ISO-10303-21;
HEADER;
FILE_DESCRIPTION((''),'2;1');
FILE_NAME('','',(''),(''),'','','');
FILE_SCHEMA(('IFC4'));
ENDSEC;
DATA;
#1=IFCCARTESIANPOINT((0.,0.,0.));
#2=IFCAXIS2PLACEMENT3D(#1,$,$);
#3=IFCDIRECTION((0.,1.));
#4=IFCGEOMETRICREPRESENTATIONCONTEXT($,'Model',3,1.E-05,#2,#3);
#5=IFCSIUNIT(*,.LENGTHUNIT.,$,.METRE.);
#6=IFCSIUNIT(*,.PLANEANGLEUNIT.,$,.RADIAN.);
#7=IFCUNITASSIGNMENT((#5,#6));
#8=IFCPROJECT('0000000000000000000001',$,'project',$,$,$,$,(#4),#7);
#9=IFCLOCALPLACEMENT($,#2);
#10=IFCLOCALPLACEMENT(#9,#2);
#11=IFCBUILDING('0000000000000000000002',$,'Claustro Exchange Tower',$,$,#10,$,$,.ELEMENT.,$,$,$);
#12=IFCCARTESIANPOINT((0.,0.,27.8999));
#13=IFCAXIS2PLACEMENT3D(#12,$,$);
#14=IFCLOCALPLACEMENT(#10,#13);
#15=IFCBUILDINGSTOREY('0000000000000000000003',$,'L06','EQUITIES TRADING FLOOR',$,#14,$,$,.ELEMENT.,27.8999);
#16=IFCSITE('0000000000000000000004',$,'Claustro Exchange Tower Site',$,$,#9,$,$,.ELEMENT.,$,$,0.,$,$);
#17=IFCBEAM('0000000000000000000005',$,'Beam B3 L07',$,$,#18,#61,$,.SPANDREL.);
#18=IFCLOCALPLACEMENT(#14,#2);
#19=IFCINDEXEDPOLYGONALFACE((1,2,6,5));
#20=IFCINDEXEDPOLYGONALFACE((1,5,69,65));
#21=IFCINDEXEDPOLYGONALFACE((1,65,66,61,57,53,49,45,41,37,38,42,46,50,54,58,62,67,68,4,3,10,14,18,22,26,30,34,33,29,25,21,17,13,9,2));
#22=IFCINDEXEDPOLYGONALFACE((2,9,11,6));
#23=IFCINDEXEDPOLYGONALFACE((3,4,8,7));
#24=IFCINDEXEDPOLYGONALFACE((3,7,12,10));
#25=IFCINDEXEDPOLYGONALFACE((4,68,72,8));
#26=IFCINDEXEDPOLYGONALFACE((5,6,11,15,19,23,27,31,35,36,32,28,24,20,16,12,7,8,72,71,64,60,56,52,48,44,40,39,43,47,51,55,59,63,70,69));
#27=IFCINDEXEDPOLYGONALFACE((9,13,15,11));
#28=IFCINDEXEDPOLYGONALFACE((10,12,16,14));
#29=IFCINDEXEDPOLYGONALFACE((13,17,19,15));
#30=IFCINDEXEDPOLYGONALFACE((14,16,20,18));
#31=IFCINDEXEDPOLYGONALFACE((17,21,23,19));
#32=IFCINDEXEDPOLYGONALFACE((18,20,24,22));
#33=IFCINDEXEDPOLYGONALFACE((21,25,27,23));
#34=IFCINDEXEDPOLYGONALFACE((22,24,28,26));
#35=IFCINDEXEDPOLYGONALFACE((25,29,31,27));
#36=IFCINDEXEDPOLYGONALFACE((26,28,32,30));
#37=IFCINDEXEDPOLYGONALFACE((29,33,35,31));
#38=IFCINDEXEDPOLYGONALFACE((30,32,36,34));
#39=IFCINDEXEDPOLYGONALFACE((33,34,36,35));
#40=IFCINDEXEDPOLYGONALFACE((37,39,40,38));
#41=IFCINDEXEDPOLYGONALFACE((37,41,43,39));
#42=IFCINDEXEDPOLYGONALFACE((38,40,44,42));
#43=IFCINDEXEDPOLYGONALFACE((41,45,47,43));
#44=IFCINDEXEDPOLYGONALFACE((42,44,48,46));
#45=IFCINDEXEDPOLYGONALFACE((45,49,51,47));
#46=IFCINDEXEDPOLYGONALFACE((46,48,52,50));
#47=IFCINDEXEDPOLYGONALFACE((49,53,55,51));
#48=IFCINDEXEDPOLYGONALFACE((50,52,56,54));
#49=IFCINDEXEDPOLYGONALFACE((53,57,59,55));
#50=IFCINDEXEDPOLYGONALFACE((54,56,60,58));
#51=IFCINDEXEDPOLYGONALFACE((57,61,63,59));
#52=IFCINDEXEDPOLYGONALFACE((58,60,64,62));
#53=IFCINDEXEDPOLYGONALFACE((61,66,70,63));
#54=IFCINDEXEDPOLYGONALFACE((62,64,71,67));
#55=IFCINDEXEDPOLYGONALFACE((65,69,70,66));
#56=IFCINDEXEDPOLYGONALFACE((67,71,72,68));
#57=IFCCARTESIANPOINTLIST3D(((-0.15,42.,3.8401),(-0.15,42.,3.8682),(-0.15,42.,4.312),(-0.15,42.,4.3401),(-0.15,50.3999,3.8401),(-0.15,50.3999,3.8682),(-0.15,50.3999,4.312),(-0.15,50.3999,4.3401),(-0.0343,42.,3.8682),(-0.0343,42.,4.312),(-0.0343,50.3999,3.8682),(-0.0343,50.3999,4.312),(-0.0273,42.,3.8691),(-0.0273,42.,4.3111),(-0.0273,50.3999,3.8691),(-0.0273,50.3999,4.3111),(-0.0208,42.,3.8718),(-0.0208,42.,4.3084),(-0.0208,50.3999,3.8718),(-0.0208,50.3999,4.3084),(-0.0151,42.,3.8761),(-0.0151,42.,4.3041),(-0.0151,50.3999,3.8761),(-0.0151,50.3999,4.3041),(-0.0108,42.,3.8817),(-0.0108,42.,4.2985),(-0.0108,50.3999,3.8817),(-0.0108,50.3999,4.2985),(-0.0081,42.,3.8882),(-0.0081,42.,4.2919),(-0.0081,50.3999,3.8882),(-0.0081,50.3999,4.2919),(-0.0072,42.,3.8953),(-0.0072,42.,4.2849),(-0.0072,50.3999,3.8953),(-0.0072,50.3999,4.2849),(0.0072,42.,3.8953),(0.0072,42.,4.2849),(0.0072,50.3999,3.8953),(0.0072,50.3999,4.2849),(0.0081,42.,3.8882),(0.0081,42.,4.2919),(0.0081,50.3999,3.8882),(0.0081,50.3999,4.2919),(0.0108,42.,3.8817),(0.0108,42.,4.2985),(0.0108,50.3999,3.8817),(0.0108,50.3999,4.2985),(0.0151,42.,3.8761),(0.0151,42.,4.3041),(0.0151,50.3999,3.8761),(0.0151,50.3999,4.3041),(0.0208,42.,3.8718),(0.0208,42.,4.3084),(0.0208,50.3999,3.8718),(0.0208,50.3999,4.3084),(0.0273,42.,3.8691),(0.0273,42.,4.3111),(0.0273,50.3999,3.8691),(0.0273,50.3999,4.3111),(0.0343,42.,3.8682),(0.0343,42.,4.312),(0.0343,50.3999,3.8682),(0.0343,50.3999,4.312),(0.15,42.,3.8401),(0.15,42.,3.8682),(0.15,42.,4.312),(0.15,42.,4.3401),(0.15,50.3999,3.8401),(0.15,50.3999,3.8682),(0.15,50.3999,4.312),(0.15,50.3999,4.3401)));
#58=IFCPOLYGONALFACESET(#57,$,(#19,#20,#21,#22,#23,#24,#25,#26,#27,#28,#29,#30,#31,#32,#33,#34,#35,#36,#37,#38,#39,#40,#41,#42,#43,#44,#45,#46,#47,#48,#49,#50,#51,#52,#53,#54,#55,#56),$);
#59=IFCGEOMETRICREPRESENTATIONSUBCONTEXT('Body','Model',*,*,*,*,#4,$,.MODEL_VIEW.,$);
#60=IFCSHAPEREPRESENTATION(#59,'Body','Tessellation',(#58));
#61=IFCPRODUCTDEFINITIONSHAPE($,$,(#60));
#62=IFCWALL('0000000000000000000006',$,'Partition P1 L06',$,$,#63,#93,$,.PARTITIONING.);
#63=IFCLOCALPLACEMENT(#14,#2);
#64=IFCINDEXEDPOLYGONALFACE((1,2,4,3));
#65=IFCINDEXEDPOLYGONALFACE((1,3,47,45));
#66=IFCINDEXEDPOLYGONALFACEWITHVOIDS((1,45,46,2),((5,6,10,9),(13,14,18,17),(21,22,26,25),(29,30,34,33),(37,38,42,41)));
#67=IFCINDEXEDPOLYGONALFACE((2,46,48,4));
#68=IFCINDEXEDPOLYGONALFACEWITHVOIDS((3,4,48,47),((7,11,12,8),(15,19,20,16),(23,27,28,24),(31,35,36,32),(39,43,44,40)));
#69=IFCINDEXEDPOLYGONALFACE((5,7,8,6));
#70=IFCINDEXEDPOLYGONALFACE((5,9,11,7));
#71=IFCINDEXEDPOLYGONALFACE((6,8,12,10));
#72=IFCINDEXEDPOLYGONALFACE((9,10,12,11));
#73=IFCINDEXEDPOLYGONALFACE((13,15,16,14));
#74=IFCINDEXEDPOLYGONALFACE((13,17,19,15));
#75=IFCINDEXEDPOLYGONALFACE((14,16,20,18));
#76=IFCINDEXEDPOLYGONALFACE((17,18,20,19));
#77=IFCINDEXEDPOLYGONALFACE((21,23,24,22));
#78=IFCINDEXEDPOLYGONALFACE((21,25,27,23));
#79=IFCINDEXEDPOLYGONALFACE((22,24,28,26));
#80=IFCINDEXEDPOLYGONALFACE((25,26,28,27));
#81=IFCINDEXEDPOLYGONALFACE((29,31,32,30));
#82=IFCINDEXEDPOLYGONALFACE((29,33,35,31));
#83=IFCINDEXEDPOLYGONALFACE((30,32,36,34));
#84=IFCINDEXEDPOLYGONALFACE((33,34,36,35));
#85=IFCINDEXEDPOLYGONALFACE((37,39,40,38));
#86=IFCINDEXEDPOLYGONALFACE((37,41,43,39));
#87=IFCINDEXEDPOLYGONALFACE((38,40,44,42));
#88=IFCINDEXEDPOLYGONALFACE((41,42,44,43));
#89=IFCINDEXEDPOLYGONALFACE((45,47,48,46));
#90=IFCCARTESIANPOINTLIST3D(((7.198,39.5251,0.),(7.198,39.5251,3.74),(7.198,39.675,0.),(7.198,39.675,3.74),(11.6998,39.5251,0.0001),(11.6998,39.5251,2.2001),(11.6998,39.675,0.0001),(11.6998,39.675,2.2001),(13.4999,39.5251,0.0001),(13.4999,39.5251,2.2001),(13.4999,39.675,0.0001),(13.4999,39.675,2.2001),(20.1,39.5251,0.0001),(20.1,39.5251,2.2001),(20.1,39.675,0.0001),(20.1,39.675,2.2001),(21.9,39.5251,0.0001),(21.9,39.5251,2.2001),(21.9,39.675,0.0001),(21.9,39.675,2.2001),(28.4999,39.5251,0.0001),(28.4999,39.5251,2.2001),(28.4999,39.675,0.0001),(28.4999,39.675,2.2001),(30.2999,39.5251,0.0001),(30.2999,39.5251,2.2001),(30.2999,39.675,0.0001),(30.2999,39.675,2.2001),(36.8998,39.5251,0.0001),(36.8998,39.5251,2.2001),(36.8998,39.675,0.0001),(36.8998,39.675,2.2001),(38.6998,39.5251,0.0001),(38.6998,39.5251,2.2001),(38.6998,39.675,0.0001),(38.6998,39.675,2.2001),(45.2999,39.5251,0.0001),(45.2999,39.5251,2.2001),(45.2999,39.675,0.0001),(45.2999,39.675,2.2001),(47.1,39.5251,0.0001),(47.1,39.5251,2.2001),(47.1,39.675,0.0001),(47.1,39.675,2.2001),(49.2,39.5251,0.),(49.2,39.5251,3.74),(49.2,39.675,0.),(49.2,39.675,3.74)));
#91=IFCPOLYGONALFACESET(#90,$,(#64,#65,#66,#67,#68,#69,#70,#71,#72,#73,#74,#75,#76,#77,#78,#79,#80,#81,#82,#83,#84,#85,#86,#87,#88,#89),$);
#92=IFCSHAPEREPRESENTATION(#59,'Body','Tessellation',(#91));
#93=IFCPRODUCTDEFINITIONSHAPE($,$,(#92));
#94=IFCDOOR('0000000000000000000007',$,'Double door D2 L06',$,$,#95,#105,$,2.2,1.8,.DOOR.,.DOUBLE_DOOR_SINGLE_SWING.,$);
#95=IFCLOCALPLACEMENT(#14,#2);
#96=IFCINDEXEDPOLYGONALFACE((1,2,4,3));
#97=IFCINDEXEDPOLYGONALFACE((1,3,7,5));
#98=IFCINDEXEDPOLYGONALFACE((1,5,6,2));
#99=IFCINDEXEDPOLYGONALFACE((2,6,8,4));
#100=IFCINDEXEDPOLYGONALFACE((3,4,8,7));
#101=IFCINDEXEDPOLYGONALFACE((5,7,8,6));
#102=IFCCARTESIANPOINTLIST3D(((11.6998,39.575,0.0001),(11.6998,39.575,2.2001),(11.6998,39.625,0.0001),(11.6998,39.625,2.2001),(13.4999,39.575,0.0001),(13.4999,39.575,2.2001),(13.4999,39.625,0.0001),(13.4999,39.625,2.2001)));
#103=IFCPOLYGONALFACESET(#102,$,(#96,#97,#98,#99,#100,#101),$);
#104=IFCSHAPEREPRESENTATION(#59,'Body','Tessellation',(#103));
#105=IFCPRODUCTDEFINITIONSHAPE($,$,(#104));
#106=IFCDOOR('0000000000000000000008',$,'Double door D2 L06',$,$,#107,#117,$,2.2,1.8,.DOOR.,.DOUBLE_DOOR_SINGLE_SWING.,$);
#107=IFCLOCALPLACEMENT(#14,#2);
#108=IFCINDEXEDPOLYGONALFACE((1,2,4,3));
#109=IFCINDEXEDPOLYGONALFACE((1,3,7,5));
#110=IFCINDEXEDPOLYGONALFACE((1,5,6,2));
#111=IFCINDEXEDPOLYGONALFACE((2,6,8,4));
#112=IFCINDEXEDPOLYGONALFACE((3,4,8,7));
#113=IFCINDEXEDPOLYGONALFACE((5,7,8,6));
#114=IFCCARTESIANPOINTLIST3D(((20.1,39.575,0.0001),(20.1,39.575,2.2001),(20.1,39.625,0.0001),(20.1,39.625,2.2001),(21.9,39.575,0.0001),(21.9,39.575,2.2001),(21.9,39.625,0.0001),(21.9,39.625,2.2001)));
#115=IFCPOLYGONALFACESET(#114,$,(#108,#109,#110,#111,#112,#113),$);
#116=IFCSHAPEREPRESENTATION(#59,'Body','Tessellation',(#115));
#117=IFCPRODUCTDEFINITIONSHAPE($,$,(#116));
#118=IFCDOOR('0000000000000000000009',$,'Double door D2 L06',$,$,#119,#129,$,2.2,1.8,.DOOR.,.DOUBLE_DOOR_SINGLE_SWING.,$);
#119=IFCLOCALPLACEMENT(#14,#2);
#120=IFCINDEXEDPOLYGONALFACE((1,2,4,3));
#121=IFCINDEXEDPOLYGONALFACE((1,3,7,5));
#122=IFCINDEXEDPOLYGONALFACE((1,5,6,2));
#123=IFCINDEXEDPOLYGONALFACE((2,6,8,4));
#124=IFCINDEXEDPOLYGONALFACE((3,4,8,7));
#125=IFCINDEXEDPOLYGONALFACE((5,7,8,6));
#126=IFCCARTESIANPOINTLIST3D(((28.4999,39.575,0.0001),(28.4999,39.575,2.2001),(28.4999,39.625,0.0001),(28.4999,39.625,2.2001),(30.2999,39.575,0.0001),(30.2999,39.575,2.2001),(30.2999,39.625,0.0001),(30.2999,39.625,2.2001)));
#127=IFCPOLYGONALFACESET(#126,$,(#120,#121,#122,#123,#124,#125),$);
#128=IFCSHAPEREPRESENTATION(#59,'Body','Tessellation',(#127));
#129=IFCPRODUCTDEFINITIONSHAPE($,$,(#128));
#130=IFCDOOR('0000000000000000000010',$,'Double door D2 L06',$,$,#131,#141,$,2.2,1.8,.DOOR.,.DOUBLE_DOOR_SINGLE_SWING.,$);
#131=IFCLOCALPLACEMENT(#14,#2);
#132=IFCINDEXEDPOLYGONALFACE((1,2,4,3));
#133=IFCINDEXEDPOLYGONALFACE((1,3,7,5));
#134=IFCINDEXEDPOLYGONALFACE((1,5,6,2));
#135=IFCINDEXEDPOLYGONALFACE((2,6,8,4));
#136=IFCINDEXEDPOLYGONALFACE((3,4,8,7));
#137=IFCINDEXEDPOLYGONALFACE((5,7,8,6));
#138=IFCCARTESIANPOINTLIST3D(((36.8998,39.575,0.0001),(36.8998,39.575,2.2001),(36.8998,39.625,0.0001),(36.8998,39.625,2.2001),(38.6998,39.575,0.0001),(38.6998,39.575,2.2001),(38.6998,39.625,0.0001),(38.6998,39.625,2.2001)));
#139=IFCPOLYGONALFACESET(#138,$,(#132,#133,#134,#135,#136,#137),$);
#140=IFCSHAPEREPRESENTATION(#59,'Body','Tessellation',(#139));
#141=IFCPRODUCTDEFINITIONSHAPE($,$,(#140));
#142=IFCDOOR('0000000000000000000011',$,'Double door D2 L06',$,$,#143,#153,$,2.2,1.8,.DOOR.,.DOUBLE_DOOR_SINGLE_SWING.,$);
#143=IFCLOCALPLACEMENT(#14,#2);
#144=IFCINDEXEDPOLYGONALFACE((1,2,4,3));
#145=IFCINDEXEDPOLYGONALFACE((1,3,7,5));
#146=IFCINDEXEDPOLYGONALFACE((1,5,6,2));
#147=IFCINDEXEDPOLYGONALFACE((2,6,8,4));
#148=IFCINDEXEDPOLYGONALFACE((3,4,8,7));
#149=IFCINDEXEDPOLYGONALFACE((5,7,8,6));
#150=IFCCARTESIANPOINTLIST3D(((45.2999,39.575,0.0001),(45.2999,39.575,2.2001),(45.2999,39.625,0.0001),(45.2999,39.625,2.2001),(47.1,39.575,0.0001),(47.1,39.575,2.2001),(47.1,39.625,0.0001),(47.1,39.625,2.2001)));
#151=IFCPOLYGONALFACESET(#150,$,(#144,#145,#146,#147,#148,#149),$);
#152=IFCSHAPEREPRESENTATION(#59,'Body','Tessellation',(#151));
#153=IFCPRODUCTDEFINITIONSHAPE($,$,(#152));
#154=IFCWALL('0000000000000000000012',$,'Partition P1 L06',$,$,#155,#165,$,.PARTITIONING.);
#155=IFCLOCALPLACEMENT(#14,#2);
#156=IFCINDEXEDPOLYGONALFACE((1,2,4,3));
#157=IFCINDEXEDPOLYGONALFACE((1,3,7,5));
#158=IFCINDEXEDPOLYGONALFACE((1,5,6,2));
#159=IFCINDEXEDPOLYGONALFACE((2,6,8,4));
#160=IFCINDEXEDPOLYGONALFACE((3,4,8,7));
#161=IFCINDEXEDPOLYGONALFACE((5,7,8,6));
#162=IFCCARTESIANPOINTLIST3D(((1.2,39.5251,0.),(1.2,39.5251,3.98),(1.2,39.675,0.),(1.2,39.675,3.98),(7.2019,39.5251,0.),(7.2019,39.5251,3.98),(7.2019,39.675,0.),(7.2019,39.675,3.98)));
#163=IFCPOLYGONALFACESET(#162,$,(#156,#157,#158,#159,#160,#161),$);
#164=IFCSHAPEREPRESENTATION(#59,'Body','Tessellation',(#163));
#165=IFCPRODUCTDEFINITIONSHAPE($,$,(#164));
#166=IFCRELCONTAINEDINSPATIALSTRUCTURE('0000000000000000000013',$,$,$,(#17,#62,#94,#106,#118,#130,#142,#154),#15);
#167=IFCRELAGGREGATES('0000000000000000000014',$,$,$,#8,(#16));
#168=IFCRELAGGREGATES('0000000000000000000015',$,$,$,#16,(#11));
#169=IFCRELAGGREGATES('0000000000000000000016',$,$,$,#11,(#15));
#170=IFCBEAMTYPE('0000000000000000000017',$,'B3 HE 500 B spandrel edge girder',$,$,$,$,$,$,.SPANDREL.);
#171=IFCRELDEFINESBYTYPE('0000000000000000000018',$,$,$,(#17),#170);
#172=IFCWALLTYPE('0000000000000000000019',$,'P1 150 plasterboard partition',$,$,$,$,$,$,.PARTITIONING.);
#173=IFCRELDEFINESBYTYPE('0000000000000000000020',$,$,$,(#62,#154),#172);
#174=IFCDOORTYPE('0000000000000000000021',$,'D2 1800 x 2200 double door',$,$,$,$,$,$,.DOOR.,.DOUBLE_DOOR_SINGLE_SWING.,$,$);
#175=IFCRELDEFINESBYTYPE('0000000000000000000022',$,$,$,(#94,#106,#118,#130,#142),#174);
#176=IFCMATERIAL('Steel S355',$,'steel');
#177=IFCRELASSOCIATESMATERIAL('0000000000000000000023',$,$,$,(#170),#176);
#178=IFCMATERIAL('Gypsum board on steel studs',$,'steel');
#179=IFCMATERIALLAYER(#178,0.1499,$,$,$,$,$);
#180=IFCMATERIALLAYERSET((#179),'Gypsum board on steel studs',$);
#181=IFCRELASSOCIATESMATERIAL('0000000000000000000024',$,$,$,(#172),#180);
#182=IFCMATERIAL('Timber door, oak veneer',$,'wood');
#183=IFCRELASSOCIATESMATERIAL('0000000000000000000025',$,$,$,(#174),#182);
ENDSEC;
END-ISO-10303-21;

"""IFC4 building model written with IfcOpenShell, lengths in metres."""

from ifc_helpers import new_model, si_unit, direction, frame, frame_2d, origin, origin_2d, place, context, subcontext, project, spatial, rectangle, i_section, extrude, material, layer, layer_set, material_profile, profile_set, type_object, element, fill, save


model = new_model("IFC4")

# Units and contexts
model_context = context("Model", 3, precision=1e-05, world=origin(), true_north=direction((0.0, 1.0)))
body_context = subcontext(model_context, "Body", "Model", "MODEL_VIEW")
ifc_project = project(units=[si_unit("LENGTHUNIT", "METRE"), si_unit("PLANEANGLEUNIT", "RADIAN")], contexts=[model_context])

# Site, building, storey
site_placement = place(None, origin())
site = spatial("IfcSite", under=ifc_project, at=site_placement, Name="Claustro Exchange Tower Site", CompositionType="ELEMENT", RefElevation=0.0)
building_placement = place(site_placement, origin())
building = spatial("IfcBuilding", under=site, at=building_placement, Name="Claustro Exchange Tower", CompositionType="ELEMENT")
storey_placement = place(building_placement, frame((0.0, 0.0, 27.8999)))
storey = spatial("IfcBuildingStorey", under=building, at=storey_placement, Name="L06", Description="EQUITIES TRADING FLOOR", CompositionType="ELEMENT", Elevation=27.8999)

# Beam
ifc_material_1 = material(Name="Steel S355", Category="steel")
ifc_material_profile_1 = material_profile(ifc_material_1, i_section(OverallWidth=0.3, OverallDepth=0.5, WebThickness=0.0144, FlangeThickness=0.0281, FilletRadius=0.0271, at=origin_2d()), Name="HE 500 B")
ifc_profile_set_1 = profile_set([ifc_material_profile_1], Name="Steel S355")
beam_type_1 = type_object("IfcBeamType", Name="B3 HE 500 B spandrel edge girder", PredefinedType="SPANDREL", material=ifc_profile_set_1)
beam_1_placement = place(storey_placement, frame((0.0, 42.0, 4.0901), z_axis=(0.0, 1.0, 0.0), x_axis=(-1.0, 0.0, 0.0)))
element("IfcBeam", 1, at=beam_1_placement, inside=storey, type_object=beam_type_1, Name="Beam B3 L07", PredefinedType="SPANDREL", context=body_context, shape_type="SweptSolid", body=[
    extrude(i_section(OverallWidth=0.3, OverallDepth=0.5, WebThickness=0.0144, FlangeThickness=0.0281, FilletRadius=0.0271, at=origin_2d()), origin(), (0.0, 0.0, 1.0), 8.3999),
])

# Wall, openings, doors
ifc_material_2 = material(Name="Gypsum board on steel studs", Category="steel")
ifc_layer_1 = layer(ifc_material_2, 0.1499)
ifc_layer_set_1 = layer_set([ifc_layer_1], Name="Gypsum board on steel studs")
wall_type_1 = type_object("IfcWallType", Name="P1 150 plasterboard partition", PredefinedType="PARTITIONING", material=ifc_layer_set_1)
wall_1_placement = place(storey_placement, frame((7.198, 39.6001, 0.0), z_axis=(0.0, 0.0, 1.0), x_axis=(1.0, 0.0, 0.0)))
wall_1 = element("IfcWall", 2, at=wall_1_placement, inside=storey, type_object=wall_type_1, Name="Partition P1 L06", PredefinedType="PARTITIONING", context=body_context, shape_type="SweptSolid", body=[
    extrude(rectangle(XDim=42.002, YDim=0.1499, at=frame_2d((21.001, 0.0))), origin(), (0.0, 0.0, 1.0), 3.74),
])
opening_1_placement = place(wall_1_placement, frame((4.502, 0.0, 0.0)))
opening_1 = element("IfcOpeningElement", 3, at=opening_1_placement, cuts=wall_1, PredefinedType="OPENING", context=body_context, shape_type="SweptSolid", body=[
    extrude(rectangle(XDim=1.8, YDim=2.2, at=frame_2d((0.8999, 1.1001))), frame((0.0, 0.085, 0.0), z_axis=(0.0, -1.0, 0.0), x_axis=(1.0, 0.0, 0.0)), (0.0, 0.0, 1.0), 0.1699),
])
opening_2_placement = place(wall_1_placement, frame((12.9021, 0.0, 0.0)))
opening_2 = element("IfcOpeningElement", 4, at=opening_2_placement, cuts=wall_1, PredefinedType="OPENING", context=body_context, shape_type="SweptSolid", body=[
    extrude(rectangle(XDim=1.8, YDim=2.2, at=frame_2d((0.8999, 1.1001))), frame((0.0, 0.085, 0.0), z_axis=(0.0, -1.0, 0.0), x_axis=(1.0, 0.0, 0.0)), (0.0, 0.0, 1.0), 0.1699),
])
opening_3_placement = place(wall_1_placement, frame((21.302, 0.0, 0.0)))
opening_3 = element("IfcOpeningElement", 5, at=opening_3_placement, cuts=wall_1, PredefinedType="OPENING", context=body_context, shape_type="SweptSolid", body=[
    extrude(rectangle(XDim=1.8, YDim=2.2, at=frame_2d((0.8999, 1.1001))), frame((0.0, 0.085, 0.0), z_axis=(0.0, -1.0, 0.0), x_axis=(1.0, 0.0, 0.0)), (0.0, 0.0, 1.0), 0.1699),
])
opening_4_placement = place(wall_1_placement, frame((29.7019, 0.0, 0.0)))
opening_4 = element("IfcOpeningElement", 6, at=opening_4_placement, cuts=wall_1, PredefinedType="OPENING", context=body_context, shape_type="SweptSolid", body=[
    extrude(rectangle(XDim=1.8, YDim=2.2, at=frame_2d((0.8999, 1.1001))), frame((0.0, 0.085, 0.0), z_axis=(0.0, -1.0, 0.0), x_axis=(1.0, 0.0, 0.0)), (0.0, 0.0, 1.0), 0.1699),
])
opening_5_placement = place(wall_1_placement, frame((38.1021, 0.0, 0.0)))
opening_5 = element("IfcOpeningElement", 7, at=opening_5_placement, cuts=wall_1, PredefinedType="OPENING", context=body_context, shape_type="SweptSolid", body=[
    extrude(rectangle(XDim=1.8, YDim=2.2, at=frame_2d((0.8999, 1.1001))), frame((0.0, 0.085, 0.0), z_axis=(0.0, -1.0, 0.0), x_axis=(1.0, 0.0, 0.0)), (0.0, 0.0, 1.0), 0.1699),
])
ifc_material_3 = material(Name="Timber door, oak veneer", Category="wood")
door_type = type_object("IfcDoorType", Name="D2 1800 x 2200 double door", OperationType="DOUBLE_DOOR_SINGLE_SWING", PredefinedType="DOOR", material=ifc_material_3)
door_1_placement = place(opening_1_placement, origin())
door_1 = element("IfcDoor", 8, at=door_1_placement, inside=storey, type_object=door_type, Name="Double door D2 L06", OperationType="DOUBLE_DOOR_SINGLE_SWING", OverallHeight=2.2, OverallWidth=1.8, PredefinedType="DOOR", context=body_context, shape_type="SweptSolid", body=[
    extrude(rectangle(XDim=1.8, YDim=2.2, at=frame_2d((0.8999, 1.1001))), frame((0.0, 0.0249, 0.0), z_axis=(0.0, -1.0, 0.0), x_axis=(1.0, 0.0, 0.0)), (0.0, 0.0, 1.0), 0.05),
])
fill(opening_1, door_1)
door_2_placement = place(opening_2_placement, origin())
door_2 = element("IfcDoor", 9, at=door_2_placement, inside=storey, type_object=door_type, Name="Double door D2 L06", OperationType="DOUBLE_DOOR_SINGLE_SWING", OverallHeight=2.2, OverallWidth=1.8, PredefinedType="DOOR", context=body_context, shape_type="SweptSolid", body=[
    extrude(rectangle(XDim=1.8, YDim=2.2, at=frame_2d((0.8999, 1.1001))), frame((0.0, 0.0249, 0.0), z_axis=(0.0, -1.0, 0.0), x_axis=(1.0, 0.0, 0.0)), (0.0, 0.0, 1.0), 0.05),
])
fill(opening_2, door_2)
door_3_placement = place(opening_3_placement, origin())
door_3 = element("IfcDoor", 10, at=door_3_placement, inside=storey, type_object=door_type, Name="Double door D2 L06", OperationType="DOUBLE_DOOR_SINGLE_SWING", OverallHeight=2.2, OverallWidth=1.8, PredefinedType="DOOR", context=body_context, shape_type="SweptSolid", body=[
    extrude(rectangle(XDim=1.8, YDim=2.2, at=frame_2d((0.8999, 1.1001))), frame((0.0, 0.0249, 0.0), z_axis=(0.0, -1.0, 0.0), x_axis=(1.0, 0.0, 0.0)), (0.0, 0.0, 1.0), 0.05),
])
fill(opening_3, door_3)
door_4_placement = place(opening_4_placement, origin())
door_4 = element("IfcDoor", 11, at=door_4_placement, inside=storey, type_object=door_type, Name="Double door D2 L06", OperationType="DOUBLE_DOOR_SINGLE_SWING", OverallHeight=2.2, OverallWidth=1.8, PredefinedType="DOOR", context=body_context, shape_type="SweptSolid", body=[
    extrude(rectangle(XDim=1.8, YDim=2.2, at=frame_2d((0.8999, 1.1001))), frame((0.0, 0.0249, 0.0), z_axis=(0.0, -1.0, 0.0), x_axis=(1.0, 0.0, 0.0)), (0.0, 0.0, 1.0), 0.05),
])
fill(opening_4, door_4)
door_5_placement = place(opening_5_placement, origin())
door_5 = element("IfcDoor", 12, at=door_5_placement, inside=storey, type_object=door_type, Name="Double door D2 L06", OperationType="DOUBLE_DOOR_SINGLE_SWING", OverallHeight=2.2, OverallWidth=1.8, PredefinedType="DOOR", context=body_context, shape_type="SweptSolid", body=[
    extrude(rectangle(XDim=1.8, YDim=2.2, at=frame_2d((0.8999, 1.1001))), frame((0.0, 0.0249, 0.0), z_axis=(0.0, -1.0, 0.0), x_axis=(1.0, 0.0, 0.0)), (0.0, 0.0, 1.0), 0.05),
])
fill(opening_5, door_5)

# Wall
wall_2_placement = place(storey_placement, frame((1.2, 39.6001, 0.0), z_axis=(0.0, 0.0, 1.0), x_axis=(1.0, 0.0, 0.0)))
element("IfcWall", 13, at=wall_2_placement, inside=storey, type_object=wall_type_1, Name="Partition P1 L06", PredefinedType="PARTITIONING", context=body_context, shape_type="SweptSolid", body=[
    extrude(rectangle(XDim=6.002, YDim=0.1499, at=frame_2d((3.001, 0.0))), origin(), (0.0, 0.0, 1.0), 3.98),
])

save(model, "model.ifc")
